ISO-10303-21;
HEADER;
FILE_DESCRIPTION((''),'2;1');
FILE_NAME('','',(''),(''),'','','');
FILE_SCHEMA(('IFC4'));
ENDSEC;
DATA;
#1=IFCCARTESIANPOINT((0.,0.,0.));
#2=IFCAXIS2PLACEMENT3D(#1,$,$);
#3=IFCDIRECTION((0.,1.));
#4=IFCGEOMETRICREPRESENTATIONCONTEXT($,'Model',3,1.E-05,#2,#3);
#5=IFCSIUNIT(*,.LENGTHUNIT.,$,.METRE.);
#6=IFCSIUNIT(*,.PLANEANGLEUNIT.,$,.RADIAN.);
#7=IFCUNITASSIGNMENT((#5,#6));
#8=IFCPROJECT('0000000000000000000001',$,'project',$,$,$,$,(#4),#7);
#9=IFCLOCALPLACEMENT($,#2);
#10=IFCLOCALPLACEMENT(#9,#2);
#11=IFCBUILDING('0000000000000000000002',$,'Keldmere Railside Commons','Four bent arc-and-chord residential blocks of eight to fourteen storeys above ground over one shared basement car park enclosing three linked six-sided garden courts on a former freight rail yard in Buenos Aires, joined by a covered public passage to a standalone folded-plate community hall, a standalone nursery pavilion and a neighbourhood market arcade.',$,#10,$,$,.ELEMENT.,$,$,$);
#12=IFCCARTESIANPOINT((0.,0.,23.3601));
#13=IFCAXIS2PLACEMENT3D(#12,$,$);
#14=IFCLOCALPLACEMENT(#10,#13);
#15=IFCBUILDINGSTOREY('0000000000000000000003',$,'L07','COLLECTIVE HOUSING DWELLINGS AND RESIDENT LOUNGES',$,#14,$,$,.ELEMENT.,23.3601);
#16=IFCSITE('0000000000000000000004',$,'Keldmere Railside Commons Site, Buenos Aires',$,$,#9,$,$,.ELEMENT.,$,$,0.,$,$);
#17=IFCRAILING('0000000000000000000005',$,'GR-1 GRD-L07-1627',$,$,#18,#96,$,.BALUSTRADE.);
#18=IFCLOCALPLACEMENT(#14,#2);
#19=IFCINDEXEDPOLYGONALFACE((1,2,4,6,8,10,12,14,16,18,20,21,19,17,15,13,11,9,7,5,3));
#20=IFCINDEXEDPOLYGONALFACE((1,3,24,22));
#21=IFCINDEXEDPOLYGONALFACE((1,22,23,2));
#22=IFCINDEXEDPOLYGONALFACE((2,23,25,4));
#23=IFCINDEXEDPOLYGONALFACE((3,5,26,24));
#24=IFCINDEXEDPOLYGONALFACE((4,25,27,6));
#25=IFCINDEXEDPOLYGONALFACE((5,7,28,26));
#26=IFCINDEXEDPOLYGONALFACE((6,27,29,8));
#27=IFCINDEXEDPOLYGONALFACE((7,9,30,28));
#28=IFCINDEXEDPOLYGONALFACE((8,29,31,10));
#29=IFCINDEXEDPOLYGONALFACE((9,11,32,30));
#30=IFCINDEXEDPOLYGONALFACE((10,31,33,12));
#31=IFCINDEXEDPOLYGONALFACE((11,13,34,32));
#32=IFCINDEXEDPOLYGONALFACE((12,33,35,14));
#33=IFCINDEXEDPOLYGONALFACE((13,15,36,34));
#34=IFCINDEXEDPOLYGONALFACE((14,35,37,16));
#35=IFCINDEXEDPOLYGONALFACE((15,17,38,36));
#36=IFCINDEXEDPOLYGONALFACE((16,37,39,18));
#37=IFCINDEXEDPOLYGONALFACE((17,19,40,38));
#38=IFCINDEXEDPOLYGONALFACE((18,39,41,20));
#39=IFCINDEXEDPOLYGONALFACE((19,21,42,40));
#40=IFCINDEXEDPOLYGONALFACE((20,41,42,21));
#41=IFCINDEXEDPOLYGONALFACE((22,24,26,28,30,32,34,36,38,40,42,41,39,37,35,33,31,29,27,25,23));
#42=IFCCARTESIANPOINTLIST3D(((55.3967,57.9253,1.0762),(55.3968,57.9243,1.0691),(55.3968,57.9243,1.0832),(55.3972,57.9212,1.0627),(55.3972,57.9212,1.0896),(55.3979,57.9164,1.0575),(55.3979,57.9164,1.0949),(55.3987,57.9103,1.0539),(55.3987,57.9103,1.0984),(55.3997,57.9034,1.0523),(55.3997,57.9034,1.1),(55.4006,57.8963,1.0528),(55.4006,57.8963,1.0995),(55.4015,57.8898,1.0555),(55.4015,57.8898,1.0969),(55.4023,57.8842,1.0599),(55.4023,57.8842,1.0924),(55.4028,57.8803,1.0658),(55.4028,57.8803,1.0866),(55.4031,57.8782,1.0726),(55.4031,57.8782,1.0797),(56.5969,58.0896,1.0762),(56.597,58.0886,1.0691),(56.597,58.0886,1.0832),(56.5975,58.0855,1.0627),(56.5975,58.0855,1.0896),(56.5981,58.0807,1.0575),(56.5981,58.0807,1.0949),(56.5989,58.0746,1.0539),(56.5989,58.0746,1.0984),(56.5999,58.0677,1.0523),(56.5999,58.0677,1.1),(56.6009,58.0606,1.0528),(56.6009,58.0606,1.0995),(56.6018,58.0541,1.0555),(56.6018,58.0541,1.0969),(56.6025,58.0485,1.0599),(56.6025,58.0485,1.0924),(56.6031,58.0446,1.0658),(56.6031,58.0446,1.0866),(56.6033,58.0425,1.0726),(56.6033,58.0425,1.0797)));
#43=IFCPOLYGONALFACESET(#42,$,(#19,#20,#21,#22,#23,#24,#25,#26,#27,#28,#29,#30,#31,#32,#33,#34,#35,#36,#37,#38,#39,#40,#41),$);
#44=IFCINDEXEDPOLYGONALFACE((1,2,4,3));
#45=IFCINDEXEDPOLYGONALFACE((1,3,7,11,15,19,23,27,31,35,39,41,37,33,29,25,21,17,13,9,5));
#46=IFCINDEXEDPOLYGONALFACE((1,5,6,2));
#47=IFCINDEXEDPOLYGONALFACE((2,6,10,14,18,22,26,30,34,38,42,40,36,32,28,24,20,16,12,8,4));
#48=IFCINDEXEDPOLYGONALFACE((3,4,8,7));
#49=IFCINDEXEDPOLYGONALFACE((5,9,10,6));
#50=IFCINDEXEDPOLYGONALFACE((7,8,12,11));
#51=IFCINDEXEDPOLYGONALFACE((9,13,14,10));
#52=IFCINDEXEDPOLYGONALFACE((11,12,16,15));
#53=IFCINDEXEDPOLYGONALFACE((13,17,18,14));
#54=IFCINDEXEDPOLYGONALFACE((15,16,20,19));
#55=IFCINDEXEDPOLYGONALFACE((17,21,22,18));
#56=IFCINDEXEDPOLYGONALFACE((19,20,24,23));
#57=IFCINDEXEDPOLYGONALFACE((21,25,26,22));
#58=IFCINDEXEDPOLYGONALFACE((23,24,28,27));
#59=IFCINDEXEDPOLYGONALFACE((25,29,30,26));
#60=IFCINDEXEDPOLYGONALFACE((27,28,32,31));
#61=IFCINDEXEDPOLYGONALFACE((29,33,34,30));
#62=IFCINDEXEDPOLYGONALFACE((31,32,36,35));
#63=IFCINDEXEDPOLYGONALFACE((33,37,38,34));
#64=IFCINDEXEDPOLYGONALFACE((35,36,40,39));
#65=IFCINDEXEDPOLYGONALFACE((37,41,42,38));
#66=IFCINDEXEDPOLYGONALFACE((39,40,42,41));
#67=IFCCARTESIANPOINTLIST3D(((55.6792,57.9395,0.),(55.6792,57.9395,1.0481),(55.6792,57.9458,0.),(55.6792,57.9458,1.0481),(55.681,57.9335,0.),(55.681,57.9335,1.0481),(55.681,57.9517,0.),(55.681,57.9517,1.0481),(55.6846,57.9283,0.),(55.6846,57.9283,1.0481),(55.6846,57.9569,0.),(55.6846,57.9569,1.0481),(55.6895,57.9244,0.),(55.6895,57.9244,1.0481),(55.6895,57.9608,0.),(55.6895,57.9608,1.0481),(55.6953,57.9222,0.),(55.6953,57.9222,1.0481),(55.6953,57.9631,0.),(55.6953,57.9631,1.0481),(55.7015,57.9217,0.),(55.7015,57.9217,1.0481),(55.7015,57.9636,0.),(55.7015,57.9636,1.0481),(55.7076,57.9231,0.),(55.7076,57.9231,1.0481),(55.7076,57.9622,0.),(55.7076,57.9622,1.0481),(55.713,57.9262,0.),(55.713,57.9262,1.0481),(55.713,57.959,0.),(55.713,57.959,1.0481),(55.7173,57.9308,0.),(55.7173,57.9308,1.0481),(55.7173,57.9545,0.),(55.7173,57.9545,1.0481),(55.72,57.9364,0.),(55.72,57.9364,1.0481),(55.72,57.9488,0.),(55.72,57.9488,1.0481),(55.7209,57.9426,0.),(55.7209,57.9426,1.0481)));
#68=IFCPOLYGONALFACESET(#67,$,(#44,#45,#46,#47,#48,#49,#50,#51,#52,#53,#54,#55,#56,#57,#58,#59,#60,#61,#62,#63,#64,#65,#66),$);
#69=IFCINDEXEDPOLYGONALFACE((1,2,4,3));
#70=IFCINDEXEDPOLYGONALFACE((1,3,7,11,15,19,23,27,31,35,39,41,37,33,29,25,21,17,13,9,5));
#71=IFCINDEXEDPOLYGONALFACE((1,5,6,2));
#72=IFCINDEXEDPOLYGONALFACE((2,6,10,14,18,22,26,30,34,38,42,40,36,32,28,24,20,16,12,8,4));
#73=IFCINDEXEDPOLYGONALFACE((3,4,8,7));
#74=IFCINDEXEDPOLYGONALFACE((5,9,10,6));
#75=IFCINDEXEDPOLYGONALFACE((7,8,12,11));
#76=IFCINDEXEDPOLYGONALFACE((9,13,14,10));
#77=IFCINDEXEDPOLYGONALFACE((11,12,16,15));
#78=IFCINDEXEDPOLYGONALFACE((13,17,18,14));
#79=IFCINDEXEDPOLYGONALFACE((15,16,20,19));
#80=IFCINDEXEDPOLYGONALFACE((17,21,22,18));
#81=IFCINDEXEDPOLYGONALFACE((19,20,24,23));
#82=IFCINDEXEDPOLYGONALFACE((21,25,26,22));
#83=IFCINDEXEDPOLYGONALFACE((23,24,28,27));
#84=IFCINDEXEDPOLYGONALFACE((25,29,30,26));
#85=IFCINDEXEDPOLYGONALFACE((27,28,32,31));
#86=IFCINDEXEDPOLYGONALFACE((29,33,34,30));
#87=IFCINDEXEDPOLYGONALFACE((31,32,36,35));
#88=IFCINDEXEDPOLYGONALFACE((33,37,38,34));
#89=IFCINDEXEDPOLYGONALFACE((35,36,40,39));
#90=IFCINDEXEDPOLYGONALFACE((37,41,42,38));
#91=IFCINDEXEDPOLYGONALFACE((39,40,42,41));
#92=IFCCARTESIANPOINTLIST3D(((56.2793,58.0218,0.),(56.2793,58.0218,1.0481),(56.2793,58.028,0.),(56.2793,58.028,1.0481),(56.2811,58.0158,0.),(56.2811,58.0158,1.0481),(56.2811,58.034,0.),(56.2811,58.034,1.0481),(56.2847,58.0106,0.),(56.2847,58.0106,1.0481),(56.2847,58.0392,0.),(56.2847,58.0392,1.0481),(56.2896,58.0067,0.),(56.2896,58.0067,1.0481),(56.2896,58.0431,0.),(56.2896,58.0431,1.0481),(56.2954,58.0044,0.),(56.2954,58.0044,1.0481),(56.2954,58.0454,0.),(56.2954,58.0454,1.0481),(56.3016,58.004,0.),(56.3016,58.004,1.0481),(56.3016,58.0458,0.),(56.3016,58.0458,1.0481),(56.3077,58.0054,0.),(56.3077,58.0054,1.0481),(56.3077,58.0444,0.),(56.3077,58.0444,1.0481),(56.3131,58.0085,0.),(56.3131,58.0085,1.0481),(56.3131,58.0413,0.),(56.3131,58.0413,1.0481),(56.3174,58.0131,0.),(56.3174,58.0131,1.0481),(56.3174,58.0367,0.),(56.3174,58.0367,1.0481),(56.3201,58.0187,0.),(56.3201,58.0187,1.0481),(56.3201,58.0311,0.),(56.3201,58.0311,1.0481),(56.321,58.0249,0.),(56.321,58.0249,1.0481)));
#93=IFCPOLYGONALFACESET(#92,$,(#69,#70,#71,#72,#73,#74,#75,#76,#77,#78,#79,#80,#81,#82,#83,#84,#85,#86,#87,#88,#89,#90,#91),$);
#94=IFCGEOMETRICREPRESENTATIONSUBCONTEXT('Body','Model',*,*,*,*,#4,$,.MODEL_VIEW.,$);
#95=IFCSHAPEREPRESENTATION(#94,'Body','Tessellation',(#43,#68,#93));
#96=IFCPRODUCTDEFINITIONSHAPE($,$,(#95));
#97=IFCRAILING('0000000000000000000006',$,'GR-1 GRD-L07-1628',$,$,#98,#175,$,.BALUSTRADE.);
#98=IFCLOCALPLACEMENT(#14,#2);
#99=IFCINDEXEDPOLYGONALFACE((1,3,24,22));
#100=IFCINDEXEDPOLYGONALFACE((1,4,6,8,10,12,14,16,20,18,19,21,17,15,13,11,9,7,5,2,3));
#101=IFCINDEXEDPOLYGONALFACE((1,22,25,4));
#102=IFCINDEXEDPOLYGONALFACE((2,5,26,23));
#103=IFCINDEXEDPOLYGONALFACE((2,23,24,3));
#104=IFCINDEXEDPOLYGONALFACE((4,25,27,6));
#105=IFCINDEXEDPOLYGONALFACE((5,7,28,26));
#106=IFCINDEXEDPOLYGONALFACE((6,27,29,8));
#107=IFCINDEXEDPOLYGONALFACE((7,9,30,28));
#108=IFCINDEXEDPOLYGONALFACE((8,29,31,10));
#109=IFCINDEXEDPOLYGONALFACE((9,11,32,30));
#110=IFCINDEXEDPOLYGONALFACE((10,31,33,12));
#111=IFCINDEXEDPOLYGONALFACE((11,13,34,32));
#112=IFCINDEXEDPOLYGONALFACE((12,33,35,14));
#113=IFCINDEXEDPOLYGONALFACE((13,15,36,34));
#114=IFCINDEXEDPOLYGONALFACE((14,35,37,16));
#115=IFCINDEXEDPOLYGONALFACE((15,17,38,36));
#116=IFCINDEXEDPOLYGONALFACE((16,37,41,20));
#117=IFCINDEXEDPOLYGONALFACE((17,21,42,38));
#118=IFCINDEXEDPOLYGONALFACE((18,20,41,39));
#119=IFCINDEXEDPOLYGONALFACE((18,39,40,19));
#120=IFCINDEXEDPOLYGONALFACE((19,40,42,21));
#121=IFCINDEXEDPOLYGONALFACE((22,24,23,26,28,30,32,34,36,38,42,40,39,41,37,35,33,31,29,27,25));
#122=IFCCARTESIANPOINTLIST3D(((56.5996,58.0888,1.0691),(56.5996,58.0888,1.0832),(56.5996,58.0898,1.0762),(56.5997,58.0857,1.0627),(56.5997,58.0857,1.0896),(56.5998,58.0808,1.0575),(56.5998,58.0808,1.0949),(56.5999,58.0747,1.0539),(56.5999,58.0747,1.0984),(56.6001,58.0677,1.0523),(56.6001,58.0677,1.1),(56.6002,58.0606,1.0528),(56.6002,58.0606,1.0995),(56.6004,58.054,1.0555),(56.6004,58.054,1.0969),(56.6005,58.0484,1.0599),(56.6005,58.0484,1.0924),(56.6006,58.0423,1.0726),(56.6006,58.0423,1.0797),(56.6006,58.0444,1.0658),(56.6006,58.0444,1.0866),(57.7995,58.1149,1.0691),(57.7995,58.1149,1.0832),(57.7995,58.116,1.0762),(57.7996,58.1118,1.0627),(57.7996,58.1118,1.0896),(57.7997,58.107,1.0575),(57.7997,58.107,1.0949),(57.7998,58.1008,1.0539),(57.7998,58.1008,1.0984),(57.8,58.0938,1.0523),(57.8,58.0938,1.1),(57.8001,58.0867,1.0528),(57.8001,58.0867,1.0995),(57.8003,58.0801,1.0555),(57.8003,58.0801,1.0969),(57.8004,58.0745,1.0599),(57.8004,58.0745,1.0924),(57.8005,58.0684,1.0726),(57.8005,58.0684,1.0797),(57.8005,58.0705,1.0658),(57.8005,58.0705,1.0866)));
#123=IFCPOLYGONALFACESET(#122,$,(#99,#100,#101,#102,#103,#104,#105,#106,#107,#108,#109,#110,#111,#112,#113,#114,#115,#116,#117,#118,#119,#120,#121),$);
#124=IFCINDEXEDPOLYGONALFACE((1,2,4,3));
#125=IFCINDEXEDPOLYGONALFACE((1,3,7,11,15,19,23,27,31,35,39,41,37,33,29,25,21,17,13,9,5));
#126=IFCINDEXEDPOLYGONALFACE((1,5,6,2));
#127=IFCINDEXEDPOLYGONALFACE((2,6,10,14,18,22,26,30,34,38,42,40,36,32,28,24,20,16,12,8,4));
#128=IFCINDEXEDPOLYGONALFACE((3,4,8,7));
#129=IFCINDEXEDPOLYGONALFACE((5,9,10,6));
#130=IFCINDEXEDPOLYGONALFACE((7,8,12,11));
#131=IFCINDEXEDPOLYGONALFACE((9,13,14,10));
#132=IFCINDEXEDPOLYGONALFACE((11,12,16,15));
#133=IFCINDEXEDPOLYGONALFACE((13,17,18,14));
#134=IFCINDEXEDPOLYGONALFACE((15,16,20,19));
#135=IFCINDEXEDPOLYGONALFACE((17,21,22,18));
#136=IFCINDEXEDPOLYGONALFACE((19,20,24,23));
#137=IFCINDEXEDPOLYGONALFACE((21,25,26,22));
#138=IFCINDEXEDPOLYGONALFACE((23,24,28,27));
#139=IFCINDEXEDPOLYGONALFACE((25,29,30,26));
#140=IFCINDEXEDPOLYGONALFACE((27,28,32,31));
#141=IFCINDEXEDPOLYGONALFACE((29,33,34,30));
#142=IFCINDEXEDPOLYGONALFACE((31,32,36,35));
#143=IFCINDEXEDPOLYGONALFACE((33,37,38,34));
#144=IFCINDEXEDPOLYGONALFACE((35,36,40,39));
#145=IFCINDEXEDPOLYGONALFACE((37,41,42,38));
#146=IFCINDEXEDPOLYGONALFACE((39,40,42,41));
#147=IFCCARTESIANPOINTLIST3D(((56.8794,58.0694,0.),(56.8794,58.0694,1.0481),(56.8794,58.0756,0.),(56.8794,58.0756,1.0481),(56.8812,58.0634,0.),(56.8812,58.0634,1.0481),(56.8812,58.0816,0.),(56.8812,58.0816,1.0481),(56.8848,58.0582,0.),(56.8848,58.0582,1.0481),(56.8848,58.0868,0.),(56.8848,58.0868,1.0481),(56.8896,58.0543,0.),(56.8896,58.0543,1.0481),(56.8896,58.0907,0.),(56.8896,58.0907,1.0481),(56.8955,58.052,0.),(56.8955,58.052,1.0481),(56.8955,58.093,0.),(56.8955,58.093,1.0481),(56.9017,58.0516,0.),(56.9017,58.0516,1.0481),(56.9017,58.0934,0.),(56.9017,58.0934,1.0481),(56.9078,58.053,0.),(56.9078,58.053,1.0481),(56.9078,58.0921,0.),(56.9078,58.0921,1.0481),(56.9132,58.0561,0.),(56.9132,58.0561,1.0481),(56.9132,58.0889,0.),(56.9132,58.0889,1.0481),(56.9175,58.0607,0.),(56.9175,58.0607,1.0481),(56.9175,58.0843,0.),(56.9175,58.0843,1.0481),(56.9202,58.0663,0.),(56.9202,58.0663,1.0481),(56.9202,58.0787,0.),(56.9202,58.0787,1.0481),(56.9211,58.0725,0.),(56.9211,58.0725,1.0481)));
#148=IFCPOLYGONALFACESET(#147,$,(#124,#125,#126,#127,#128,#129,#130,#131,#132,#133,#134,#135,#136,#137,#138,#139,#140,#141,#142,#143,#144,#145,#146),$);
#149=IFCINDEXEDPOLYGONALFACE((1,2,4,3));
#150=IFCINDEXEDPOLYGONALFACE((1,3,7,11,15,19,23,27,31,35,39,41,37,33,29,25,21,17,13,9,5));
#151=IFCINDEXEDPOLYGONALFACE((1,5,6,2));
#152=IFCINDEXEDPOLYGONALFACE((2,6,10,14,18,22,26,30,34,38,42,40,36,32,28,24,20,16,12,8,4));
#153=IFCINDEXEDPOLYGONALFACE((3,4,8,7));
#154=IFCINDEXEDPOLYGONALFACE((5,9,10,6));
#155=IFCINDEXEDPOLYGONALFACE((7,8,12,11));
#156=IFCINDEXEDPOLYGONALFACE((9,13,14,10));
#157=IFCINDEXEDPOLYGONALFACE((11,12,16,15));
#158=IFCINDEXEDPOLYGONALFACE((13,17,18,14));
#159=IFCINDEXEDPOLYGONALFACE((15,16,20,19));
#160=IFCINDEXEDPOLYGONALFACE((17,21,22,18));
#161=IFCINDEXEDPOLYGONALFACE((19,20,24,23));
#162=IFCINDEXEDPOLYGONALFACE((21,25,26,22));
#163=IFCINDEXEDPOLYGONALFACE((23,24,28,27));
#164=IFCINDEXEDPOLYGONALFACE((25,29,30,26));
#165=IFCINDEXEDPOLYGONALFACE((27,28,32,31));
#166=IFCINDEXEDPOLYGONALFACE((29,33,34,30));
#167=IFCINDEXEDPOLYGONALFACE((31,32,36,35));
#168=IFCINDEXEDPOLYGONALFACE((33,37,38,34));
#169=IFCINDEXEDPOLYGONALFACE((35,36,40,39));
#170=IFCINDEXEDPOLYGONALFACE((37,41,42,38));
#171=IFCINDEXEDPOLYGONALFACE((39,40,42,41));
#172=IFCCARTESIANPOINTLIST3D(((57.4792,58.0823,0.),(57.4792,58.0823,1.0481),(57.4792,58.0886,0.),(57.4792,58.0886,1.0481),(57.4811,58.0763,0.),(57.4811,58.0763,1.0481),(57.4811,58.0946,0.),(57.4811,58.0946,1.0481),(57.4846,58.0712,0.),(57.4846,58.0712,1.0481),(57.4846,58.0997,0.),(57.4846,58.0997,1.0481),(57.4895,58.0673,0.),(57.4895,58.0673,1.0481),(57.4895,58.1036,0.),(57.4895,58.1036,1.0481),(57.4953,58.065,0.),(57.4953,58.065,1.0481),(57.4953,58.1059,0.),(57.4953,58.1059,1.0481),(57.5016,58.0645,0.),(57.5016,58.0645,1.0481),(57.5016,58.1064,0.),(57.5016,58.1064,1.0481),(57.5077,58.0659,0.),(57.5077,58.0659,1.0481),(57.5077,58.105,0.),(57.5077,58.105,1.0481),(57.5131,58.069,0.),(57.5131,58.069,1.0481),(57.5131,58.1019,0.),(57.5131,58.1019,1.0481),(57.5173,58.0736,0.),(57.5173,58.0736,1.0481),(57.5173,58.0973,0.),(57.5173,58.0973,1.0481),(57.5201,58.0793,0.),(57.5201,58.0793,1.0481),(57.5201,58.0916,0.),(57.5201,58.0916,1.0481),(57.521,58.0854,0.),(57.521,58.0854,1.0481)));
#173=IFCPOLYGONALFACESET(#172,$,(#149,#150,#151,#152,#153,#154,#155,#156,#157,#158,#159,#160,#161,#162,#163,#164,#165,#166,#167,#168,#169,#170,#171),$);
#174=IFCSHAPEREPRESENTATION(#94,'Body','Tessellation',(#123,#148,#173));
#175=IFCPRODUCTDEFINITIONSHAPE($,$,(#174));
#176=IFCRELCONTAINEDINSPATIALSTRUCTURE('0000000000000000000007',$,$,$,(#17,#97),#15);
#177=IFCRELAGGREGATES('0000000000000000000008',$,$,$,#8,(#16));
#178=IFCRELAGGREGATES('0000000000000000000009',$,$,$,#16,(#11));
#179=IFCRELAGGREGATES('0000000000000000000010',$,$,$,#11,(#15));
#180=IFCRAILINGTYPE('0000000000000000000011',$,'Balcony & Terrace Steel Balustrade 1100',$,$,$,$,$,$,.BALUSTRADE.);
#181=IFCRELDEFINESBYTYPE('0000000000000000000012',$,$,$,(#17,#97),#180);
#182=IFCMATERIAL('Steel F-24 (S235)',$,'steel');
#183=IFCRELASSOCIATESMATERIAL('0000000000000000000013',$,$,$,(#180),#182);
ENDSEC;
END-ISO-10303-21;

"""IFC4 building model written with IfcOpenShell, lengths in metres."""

from ifc_helpers import new_model, si_unit, direction, frame, origin, origin_2d, place, context, subcontext, project, spatial, circle, extrude, material, type_object, element, save


model = new_model("IFC4")

# Units and contexts
model_context = context("Model", 3, precision=1e-05, world=origin(), true_north=direction((0.0, 1.0)))
body_context = subcontext(model_context, "Body", "Model", "MODEL_VIEW")
ifc_project = project(units=[si_unit("LENGTHUNIT", "METRE"), si_unit("PLANEANGLEUNIT", "RADIAN")], contexts=[model_context])

# Site, building, storey
site_placement = place(None, origin())
site = spatial("IfcSite", under=ifc_project, at=site_placement, Name="Keldmere Railside Commons Site, Buenos Aires", CompositionType="ELEMENT", RefElevation=0.0)
building_placement = place(site_placement, origin())
building = spatial("IfcBuilding", under=site, at=building_placement, Name="Keldmere Railside Commons", Description="Four bent arc-and-chord residential blocks of eight to fourteen storeys above ground over one shared basement car park enclosing three linked six-sided garden courts on a former freight rail yard in Buenos Aires, joined by a covered public passage to a standalone folded-plate community hall, a standalone nursery pavilion and a neighbourhood market arcade.", CompositionType="ELEMENT")
storey_placement = place(building_placement, frame((0.0, 0.0, 23.3601)))
storey = spatial("IfcBuildingStorey", under=building, at=storey_placement, Name="L07", Description="COLLECTIVE HOUSING DWELLINGS AND RESIDENT LOUNGES", CompositionType="ELEMENT", Elevation=23.3601)

# Shared definitions
ifc_material_1 = material(Name="Steel F-24 (S235)", Category="steel")

# Railings
railing_type = type_object("IfcRailingType", Name="Balcony & Terrace Steel Balustrade 1100", PredefinedType="BALUSTRADE", material=ifc_material_1)
railing_1_placement = place(storey_placement, frame((55.3999, 57.9016, 0.0)))
element("IfcRailing", 1, at=railing_1_placement, inside=storey, type_object=railing_type, Name="GR-1 GRD-L07-1627", PredefinedType="BALUSTRADE", context=body_context, shape_type="SweptSolid", body=[
    extrude(circle(Radius=0.0239, at=origin_2d()), frame((0.0, 0.0, 1.0762), z_axis=(0.990759, 0.135635, 0.0), x_axis=(-0.135635, 0.990759, 0.0)), (0.0, 0.0, 1.0), 1.2114),
    extrude(circle(Radius=0.021, at=origin_2d()), frame((0.3, 0.041, 0.0)), (0.0, 0.0, 1.0), 1.0481),
    extrude(circle(Radius=0.021, at=origin_2d()), frame((0.9001, 0.1233, 0.0)), (0.0, 0.0, 1.0), 1.0481),
])
railing_2_placement = place(storey_placement, frame((56.6001, 58.0659, 0.0)))
element("IfcRailing", 2, at=railing_2_placement, inside=storey, type_object=railing_type, Name="GR-1 GRD-L07-1628", PredefinedType="BALUSTRADE", context=body_context, shape_type="SweptSolid", body=[
    extrude(circle(Radius=0.0239, at=origin_2d()), frame((0.0, 0.0, 1.0762), z_axis=(0.999763, 0.021765, 0.0), x_axis=(-0.021765, 0.999763, 0.0)), (0.0, 0.0, 1.0), 1.2002),
    extrude(circle(Radius=0.021, at=origin_2d()), frame((0.3, 0.0066, 0.0)), (0.0, 0.0, 1.0), 1.0481),
    extrude(circle(Radius=0.021, at=origin_2d()), frame((0.8999, 0.0195, 0.0)), (0.0, 0.0, 1.0), 1.0481),
])

save(model, "model.ifc")
